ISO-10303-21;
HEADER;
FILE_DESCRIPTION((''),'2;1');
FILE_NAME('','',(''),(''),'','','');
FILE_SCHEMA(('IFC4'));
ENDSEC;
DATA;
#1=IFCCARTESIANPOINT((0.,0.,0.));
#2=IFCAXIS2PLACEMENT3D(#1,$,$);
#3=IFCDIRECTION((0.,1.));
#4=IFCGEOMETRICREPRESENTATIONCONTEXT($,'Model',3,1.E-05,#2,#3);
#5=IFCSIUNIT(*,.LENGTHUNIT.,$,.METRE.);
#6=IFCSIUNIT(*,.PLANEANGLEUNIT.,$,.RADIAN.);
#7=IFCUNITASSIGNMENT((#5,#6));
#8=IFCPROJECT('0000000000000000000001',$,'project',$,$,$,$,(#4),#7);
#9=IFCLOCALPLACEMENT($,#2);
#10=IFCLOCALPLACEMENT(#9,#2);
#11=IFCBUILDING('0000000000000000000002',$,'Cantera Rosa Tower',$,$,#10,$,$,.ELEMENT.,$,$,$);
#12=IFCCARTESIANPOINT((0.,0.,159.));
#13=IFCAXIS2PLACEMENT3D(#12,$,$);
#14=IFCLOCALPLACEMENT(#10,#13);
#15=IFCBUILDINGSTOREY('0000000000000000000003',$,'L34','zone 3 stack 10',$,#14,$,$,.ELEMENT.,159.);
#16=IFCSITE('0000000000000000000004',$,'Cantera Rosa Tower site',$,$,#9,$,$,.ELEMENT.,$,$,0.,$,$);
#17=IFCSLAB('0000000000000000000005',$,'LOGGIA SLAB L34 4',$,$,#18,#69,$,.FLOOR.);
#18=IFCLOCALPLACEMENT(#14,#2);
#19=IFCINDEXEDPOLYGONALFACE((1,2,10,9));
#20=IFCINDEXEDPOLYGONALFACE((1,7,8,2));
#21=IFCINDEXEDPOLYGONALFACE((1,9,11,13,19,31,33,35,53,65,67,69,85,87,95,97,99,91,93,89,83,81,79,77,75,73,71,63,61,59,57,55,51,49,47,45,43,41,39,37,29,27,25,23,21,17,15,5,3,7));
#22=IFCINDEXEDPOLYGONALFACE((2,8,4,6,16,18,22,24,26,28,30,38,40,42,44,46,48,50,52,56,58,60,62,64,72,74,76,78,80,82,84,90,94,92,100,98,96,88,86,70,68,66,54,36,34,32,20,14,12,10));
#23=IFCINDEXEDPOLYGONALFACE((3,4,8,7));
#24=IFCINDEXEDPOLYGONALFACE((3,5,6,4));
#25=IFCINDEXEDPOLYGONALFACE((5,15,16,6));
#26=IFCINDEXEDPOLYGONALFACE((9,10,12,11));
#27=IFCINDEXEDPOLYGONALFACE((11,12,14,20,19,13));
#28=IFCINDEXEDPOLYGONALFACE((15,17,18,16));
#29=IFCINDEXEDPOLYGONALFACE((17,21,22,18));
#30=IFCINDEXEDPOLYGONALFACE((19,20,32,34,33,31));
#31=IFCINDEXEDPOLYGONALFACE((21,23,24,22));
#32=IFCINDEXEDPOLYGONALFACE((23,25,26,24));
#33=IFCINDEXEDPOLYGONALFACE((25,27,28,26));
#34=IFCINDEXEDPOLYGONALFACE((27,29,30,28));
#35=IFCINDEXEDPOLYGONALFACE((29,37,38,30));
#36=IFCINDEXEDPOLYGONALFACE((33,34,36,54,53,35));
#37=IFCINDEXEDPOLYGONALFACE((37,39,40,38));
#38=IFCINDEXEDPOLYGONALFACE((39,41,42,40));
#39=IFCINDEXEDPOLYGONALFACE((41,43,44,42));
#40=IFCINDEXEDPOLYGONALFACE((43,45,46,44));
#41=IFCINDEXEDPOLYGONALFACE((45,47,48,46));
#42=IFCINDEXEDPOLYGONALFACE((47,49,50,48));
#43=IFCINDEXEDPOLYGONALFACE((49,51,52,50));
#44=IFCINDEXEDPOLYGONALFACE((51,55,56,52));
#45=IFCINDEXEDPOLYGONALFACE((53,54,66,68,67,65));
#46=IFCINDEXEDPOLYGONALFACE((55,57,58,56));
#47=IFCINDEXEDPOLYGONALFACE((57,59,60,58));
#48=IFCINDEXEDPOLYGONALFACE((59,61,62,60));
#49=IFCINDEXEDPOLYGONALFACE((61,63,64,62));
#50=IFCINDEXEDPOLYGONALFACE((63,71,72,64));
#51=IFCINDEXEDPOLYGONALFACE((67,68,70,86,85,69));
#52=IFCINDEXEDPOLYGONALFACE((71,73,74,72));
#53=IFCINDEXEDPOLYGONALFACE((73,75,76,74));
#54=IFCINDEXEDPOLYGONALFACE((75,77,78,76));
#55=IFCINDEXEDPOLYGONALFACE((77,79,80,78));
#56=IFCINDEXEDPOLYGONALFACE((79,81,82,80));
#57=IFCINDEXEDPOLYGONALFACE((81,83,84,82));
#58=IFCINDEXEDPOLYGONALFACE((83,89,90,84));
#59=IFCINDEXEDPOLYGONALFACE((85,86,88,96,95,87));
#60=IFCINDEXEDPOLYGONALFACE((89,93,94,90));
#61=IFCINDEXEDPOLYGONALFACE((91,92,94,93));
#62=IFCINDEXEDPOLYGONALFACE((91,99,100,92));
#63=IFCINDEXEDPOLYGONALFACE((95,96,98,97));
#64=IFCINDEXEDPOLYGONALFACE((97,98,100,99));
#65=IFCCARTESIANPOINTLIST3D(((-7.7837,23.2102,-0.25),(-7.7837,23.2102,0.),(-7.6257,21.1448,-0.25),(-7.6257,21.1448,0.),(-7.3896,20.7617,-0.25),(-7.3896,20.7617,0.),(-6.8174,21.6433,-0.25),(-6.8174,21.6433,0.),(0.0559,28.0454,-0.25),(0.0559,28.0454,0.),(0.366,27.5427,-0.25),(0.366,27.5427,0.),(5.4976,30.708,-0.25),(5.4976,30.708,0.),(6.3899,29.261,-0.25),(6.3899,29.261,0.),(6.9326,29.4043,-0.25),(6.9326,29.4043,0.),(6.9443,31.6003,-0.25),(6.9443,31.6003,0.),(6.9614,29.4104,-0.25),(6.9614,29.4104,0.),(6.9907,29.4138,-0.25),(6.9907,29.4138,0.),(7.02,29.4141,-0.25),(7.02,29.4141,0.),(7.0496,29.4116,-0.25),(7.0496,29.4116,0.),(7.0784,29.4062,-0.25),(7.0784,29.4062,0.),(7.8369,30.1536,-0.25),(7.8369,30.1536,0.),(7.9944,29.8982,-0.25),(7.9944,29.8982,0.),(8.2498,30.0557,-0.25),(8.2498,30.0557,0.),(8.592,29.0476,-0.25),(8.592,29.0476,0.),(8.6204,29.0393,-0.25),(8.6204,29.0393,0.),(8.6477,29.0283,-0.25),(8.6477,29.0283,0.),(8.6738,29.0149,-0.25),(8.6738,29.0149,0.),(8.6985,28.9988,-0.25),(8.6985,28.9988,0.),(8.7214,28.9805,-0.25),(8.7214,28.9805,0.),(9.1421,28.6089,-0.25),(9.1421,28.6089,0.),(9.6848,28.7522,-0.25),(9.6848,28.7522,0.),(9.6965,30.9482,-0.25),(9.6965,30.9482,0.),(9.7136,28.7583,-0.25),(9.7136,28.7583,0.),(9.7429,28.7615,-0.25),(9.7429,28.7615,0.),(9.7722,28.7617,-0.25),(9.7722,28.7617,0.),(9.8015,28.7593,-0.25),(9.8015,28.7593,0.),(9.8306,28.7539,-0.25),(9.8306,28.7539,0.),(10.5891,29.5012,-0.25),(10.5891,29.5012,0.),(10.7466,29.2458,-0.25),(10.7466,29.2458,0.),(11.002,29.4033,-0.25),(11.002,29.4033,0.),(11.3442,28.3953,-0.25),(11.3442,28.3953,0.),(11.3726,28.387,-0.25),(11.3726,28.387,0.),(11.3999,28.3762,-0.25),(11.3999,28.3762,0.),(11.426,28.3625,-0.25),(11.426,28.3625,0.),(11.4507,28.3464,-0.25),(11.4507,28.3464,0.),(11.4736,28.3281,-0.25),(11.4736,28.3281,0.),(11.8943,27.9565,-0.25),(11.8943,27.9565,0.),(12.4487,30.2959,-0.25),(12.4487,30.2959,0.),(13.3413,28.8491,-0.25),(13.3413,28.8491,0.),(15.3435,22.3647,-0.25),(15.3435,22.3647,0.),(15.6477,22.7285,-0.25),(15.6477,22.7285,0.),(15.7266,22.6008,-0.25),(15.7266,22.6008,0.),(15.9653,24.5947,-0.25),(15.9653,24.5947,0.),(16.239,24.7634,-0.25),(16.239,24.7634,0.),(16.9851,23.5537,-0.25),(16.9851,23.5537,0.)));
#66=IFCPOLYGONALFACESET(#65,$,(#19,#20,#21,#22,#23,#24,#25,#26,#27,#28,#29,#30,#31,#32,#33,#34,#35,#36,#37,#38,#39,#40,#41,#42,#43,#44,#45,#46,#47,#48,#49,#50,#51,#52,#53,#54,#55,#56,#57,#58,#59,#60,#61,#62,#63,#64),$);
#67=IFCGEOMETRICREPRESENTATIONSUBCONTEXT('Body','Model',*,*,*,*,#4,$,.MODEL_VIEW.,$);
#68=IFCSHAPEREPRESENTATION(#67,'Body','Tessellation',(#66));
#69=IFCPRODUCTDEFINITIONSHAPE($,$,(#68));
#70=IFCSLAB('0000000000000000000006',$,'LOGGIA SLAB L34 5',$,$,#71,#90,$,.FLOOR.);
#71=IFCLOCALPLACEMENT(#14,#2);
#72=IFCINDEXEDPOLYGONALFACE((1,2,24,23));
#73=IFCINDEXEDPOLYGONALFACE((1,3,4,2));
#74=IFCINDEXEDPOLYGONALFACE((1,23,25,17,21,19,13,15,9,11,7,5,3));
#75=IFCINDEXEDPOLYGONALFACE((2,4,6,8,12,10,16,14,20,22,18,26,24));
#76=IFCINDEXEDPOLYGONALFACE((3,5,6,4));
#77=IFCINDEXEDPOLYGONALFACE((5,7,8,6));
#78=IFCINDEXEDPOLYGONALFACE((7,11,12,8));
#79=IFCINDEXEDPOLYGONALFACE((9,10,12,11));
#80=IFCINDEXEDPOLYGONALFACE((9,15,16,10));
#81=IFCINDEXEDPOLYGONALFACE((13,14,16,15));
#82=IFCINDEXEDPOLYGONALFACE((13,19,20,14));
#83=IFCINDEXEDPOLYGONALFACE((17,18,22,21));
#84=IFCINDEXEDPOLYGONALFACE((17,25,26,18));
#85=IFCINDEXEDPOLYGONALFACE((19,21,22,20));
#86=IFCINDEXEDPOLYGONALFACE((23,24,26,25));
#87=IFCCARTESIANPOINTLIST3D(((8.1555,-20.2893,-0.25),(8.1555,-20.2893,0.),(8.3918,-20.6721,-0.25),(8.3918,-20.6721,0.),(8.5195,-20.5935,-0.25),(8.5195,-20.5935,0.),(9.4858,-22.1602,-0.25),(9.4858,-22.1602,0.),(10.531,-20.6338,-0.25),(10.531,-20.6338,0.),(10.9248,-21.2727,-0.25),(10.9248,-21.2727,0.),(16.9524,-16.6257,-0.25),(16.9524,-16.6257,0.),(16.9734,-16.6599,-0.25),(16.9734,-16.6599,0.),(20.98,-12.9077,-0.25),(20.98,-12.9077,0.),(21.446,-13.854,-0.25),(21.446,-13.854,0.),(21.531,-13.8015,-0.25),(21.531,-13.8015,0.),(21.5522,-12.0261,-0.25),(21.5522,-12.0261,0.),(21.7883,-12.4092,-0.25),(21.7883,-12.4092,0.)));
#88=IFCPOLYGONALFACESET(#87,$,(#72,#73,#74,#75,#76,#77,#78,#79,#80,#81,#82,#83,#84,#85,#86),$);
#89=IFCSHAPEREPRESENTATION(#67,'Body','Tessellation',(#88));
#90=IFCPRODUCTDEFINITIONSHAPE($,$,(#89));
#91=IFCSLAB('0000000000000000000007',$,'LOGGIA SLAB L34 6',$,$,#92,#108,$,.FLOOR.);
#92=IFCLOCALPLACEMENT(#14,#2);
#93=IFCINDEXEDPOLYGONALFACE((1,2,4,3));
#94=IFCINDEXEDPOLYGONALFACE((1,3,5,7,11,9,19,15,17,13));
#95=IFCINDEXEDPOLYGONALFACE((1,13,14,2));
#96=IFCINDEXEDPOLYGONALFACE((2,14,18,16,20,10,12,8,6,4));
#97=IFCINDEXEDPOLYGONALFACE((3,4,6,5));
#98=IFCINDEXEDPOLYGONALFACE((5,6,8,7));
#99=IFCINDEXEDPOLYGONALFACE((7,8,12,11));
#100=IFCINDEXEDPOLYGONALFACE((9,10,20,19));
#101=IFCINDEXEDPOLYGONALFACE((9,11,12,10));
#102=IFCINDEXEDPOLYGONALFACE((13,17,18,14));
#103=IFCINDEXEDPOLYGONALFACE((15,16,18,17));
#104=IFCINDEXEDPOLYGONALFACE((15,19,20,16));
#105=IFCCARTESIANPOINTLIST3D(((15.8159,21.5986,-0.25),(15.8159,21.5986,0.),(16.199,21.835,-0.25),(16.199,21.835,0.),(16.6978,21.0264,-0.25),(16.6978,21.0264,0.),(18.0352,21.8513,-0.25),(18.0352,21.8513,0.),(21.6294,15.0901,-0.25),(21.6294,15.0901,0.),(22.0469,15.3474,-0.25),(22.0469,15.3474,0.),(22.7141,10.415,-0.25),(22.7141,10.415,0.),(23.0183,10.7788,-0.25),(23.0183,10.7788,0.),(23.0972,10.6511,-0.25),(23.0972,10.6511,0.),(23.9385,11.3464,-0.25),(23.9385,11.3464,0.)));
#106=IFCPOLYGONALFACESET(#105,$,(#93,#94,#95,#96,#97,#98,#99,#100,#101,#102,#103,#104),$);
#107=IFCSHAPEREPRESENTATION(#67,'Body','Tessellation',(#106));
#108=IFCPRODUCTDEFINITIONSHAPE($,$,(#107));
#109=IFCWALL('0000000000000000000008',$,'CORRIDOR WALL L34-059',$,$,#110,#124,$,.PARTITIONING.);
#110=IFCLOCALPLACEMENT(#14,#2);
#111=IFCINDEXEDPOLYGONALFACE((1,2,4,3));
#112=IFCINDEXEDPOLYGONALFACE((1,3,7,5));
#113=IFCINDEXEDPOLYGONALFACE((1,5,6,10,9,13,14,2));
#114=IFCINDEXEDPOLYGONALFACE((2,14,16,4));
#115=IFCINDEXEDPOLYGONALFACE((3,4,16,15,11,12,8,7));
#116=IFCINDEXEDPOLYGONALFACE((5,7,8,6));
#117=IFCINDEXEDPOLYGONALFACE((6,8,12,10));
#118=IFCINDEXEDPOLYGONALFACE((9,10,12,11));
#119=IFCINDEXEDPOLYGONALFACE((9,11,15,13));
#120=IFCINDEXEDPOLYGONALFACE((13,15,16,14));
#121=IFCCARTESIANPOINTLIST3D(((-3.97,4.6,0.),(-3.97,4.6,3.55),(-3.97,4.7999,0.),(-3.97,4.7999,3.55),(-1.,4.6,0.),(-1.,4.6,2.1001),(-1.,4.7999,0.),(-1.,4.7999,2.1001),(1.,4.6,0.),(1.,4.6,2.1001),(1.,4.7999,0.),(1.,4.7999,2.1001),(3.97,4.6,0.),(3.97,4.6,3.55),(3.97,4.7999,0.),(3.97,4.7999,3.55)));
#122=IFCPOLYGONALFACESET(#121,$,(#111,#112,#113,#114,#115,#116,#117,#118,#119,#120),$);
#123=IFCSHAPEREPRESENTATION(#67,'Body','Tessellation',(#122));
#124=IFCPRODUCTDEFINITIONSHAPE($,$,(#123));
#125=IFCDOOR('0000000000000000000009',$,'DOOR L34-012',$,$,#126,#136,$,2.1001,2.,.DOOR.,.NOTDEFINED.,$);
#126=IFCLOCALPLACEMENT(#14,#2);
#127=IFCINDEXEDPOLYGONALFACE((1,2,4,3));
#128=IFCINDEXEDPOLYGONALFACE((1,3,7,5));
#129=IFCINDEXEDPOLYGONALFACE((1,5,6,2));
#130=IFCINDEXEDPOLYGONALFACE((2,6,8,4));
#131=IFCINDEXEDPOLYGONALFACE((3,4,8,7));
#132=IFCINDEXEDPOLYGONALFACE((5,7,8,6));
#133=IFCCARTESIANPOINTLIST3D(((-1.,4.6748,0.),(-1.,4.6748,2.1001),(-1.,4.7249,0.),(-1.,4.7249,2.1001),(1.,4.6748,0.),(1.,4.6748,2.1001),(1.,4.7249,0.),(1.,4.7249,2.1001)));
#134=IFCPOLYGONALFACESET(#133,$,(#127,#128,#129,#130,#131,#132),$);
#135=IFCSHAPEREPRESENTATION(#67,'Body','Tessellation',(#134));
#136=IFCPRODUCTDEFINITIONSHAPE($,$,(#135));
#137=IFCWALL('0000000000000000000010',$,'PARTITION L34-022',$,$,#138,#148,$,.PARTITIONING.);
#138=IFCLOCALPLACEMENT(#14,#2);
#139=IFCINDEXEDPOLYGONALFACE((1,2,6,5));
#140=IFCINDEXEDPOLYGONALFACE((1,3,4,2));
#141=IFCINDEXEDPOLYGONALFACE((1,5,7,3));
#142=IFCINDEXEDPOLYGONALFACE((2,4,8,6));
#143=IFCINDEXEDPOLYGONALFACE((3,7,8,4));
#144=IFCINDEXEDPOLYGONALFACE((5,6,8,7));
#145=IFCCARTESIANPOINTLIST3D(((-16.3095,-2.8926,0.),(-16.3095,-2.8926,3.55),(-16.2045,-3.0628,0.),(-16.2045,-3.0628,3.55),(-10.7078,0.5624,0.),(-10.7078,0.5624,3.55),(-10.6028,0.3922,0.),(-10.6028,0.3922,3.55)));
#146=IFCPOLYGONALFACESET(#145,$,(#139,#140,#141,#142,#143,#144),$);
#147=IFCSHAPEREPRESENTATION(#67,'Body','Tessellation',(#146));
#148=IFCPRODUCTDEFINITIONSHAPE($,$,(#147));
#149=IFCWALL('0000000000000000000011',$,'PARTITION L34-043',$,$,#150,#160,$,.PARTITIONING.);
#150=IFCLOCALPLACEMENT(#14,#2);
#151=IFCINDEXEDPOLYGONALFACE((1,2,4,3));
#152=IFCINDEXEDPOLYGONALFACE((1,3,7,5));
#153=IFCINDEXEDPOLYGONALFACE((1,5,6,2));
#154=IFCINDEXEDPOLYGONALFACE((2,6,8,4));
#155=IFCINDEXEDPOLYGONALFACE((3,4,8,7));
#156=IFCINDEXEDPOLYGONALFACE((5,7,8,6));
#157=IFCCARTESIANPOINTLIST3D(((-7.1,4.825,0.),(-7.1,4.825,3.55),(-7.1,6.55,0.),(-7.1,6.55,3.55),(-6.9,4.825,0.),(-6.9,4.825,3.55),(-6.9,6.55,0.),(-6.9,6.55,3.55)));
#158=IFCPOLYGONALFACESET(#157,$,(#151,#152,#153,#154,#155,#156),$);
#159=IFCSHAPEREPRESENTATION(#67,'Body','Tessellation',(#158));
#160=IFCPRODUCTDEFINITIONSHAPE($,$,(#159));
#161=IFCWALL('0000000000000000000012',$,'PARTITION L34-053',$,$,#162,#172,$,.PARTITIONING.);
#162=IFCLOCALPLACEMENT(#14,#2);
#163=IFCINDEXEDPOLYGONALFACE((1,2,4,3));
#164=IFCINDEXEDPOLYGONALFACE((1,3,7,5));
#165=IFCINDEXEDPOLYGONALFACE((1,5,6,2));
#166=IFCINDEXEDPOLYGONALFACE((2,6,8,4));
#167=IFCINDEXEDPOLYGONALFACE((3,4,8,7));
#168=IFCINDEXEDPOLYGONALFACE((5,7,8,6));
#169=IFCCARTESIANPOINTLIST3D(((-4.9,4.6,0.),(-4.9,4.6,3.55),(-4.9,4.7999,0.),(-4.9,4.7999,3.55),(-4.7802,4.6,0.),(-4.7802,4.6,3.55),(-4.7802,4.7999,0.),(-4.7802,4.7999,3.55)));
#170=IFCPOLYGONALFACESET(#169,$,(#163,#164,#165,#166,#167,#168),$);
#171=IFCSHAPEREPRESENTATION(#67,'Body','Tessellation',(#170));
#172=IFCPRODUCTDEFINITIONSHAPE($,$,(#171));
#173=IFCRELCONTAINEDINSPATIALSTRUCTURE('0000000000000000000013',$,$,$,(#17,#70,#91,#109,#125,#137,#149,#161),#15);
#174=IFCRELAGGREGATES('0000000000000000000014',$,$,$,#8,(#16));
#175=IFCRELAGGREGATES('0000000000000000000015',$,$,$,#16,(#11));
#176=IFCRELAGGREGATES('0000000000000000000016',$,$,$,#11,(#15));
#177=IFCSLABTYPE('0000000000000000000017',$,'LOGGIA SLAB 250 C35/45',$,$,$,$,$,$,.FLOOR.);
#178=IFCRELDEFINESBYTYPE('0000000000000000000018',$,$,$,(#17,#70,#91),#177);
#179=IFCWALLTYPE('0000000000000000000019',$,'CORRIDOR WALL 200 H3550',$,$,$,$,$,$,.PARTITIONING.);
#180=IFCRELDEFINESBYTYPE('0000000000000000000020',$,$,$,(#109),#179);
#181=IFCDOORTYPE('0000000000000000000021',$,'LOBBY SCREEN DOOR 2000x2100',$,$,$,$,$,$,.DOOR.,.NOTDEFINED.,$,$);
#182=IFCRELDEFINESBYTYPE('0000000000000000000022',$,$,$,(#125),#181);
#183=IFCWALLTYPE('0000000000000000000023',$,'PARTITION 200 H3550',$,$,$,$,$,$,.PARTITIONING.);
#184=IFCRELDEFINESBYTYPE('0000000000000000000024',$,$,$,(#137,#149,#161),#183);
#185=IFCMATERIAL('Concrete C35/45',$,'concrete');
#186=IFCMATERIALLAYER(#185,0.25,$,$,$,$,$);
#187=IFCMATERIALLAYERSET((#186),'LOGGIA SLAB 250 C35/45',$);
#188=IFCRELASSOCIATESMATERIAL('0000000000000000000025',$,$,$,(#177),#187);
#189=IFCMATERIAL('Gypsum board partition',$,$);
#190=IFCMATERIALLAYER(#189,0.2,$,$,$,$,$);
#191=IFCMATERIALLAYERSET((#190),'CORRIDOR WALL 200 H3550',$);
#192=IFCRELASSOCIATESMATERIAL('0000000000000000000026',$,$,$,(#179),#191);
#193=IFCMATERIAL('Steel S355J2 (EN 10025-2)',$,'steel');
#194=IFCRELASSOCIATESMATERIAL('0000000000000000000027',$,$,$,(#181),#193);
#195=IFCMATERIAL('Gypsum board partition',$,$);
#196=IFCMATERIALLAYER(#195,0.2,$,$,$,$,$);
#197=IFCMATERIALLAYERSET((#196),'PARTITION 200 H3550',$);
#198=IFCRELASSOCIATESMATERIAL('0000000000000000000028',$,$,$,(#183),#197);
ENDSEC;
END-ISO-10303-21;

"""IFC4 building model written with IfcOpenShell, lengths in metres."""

from ifc_helpers import new_model, si_unit, direction, frame, frame_2d, origin, place, context, subcontext, project, spatial, polyline, rectangle, outline, extrude, material, layer, layer_set, type_object, element, fill, save


model = new_model("IFC4")

# Units and contexts
model_context = context("Model", 3, precision=1e-05, world=origin(), true_north=direction((0.0, 1.0)))
body_context = subcontext(model_context, "Body", "Model", "MODEL_VIEW")
ifc_project = project(units=[si_unit("LENGTHUNIT", "METRE"), si_unit("PLANEANGLEUNIT", "RADIAN")], contexts=[model_context])

# Site, building, storey
site_placement = place(None, origin())
site = spatial("IfcSite", under=ifc_project, at=site_placement, Name="Cantera Rosa Tower site", CompositionType="ELEMENT", RefElevation=0.0)
building_placement = place(site_placement, origin())
building = spatial("IfcBuilding", under=site, at=building_placement, Name="Cantera Rosa Tower", CompositionType="ELEMENT")
storey_placement = place(building_placement, frame((0.0, 0.0, 159.0)))
storey = spatial("IfcBuildingStorey", under=building, at=storey_placement, Name="L34", Description="zone 3 stack 10", CompositionType="ELEMENT", Elevation=159.0)

# Slabs
ifc_material_1 = material(Name="Concrete C35/45", Category="concrete")
ifc_layer_1 = layer(ifc_material_1, 0.25)
ifc_layer_set_1 = layer_set([ifc_layer_1], Name="LOGGIA SLAB 250 C35/45")
slab_type_1 = type_object("IfcSlabType", Name="LOGGIA SLAB 250 C35/45", PredefinedType="FLOOR", material=ifc_layer_set_1)
slab_1_placement = place(storey_placement, frame((0.0, 0.0, -0.25)))
element("IfcSlab", 1, at=slab_1_placement, inside=storey, type_object=slab_type_1, Name="LOGGIA SLAB L34 4", PredefinedType="FLOOR", context=body_context, shape_type="SweptSolid", body=[
    extrude(outline(polyline([(7.9944, 29.8982), (8.2498, 30.0557), (9.6965, 30.9482), (10.5891, 29.5012), (10.7466, 29.2458), (11.002, 29.4033), (12.4487, 30.2959), (13.3413, 28.8491), (15.9653, 24.5947), (16.239, 24.7634), (16.9851, 23.5537), (15.6477, 22.7285), (15.7266, 22.6008), (15.3435, 22.3647), (11.8943, 27.9565), (11.4736, 28.3281), (11.4507, 28.3464), (11.426, 28.3625), (11.3999, 28.3762), (11.3726, 28.387), (11.3442, 28.3953), (9.8306, 28.7539), (9.8015, 28.7593), (9.7722, 28.7617), (9.7429, 28.7615), (9.7136, 28.7583), (9.6848, 28.7522), (9.1421, 28.6089), (8.7214, 28.9805), (8.6985, 28.9988), (8.6738, 29.0149), (8.6477, 29.0283), (8.6204, 29.0393), (8.592, 29.0476), (7.0784, 29.4062), (7.0496, 29.4116), (7.02, 29.4141), (6.9907, 29.4138), (6.9614, 29.4104), (6.9326, 29.4043), (6.3899, 29.261), (-7.3896, 20.7617), (-7.6257, 21.1448), (-6.8174, 21.6433), (-7.7837, 23.2102), (0.0559, 28.0454), (0.366, 27.5427), (5.4976, 30.708), (6.9443, 31.6003), (7.8369, 30.1536), (7.9944, 29.8982)])), origin(), (0.0, 0.0, 1.0), 0.25),
])
slab_2_placement = place(storey_placement, frame((0.0, 0.0, -0.25)))
element("IfcSlab", 2, at=slab_2_placement, inside=storey, type_object=slab_type_1, Name="LOGGIA SLAB L34 5", PredefinedType="FLOOR", context=body_context, shape_type="SweptSolid", body=[
    extrude(outline(polyline([(21.5522, -12.0261), (21.7883, -12.4092), (20.98, -12.9077), (21.531, -13.8015), (21.446, -13.854), (16.9524, -16.6257), (16.9734, -16.6599), (10.531, -20.6338), (10.9248, -21.2727), (9.4858, -22.1602), (8.5195, -20.5935), (8.3918, -20.6721), (8.1555, -20.2893), (21.5522, -12.0261)])), origin(), (0.0, 0.0, 1.0), 0.25),
])
slab_3_placement = place(storey_placement, frame((0.0, 0.0, -0.25)))
element("IfcSlab", 3, at=slab_3_placement, inside=storey, type_object=slab_type_1, Name="LOGGIA SLAB L34 6", PredefinedType="FLOOR", context=body_context, shape_type="SweptSolid", body=[
    extrude(outline(polyline([(22.7141, 10.415), (15.8159, 21.5986), (16.199, 21.835), (16.6978, 21.0264), (18.0352, 21.8513), (22.0469, 15.3474), (21.6294, 15.0901), (23.9385, 11.3464), (23.0183, 10.7788), (23.0972, 10.6511), (22.7141, 10.415)])), origin(), (0.0, 0.0, 1.0), 0.25),
])

# Wall, opening, door
ifc_material_2 = material(Name="Gypsum board partition")
ifc_layer_2 = layer(ifc_material_2, 0.2)
ifc_layer_set_2 = layer_set([ifc_layer_2], Name="CORRIDOR WALL 200 H3550")
wall_type_1 = type_object("IfcWallType", Name="CORRIDOR WALL 200 H3550", PredefinedType="PARTITIONING", material=ifc_layer_set_2)
wall_1_placement = place(storey_placement, frame((-3.97, 4.7, 0.0), z_axis=(0.0, 0.0, 1.0), x_axis=(1.0, 0.0, 0.0)))
wall_1 = element("IfcWall", 4, at=wall_1_placement, inside=storey, type_object=wall_type_1, Name="CORRIDOR WALL L34-059", PredefinedType="PARTITIONING", context=body_context, shape_type="SweptSolid", body=[
    extrude(rectangle(XDim=7.9399, YDim=0.2, at=frame_2d((3.97, 0.0))), origin(), (0.0, 0.0, 1.0), 3.55),
])
opening_placement = place(wall_1_placement, frame((2.97, 0.0, 0.0)))
opening = element("IfcOpeningElement", 5, at=opening_placement, cuts=wall_1, PredefinedType="OPENING", context=body_context, shape_type="SweptSolid", body=[
    extrude(rectangle(XDim=2.0, YDim=2.1001, at=frame_2d((1.0, 1.05))), frame((0.0, 0.1099, 0.0), z_axis=(0.0, -1.0, 0.0), x_axis=(1.0, 0.0, 0.0)), (0.0, 0.0, 1.0), 0.22),
])
ifc_material_3 = material(Name="Steel S355J2 (EN 10025-2)", Category="steel")
door_type = type_object("IfcDoorType", Name="LOBBY SCREEN DOOR 2000x2100", OperationType="NOTDEFINED", PredefinedType="DOOR", material=ifc_material_3)
door_placement = place(opening_placement, origin())
door = element("IfcDoor", 6, at=door_placement, inside=storey, type_object=door_type, Name="DOOR L34-012", OperationType="NOTDEFINED", OverallHeight=2.1001, OverallWidth=2.0, PredefinedType="DOOR", context=body_context, shape_type="SweptSolid", body=[
    extrude(rectangle(XDim=2.0, YDim=2.1001, at=frame_2d((1.0, 1.05))), frame((0.0, 0.0249, 0.0), z_axis=(0.0, -1.0, 0.0), x_axis=(1.0, 0.0, 0.0)), (0.0, 0.0, 1.0), 0.05),
])
fill(opening, door)

# Walls
ifc_material_4 = material(Name="Gypsum board partition")
ifc_layer_3 = layer(ifc_material_4, 0.2)
ifc_layer_set_3 = layer_set([ifc_layer_3], Name="PARTITION 200 H3550")
wall_type_2 = type_object("IfcWallType", Name="PARTITION 200 H3550", PredefinedType="PARTITIONING", material=ifc_layer_set_3)
wall_2_placement = place(storey_placement, frame((-10.6553, 0.4773, 0.0), z_axis=(0.0, 0.0, 1.0), x_axis=(-0.851128, -0.524958, 0.0)))
element("IfcWall", 7, at=wall_2_placement, inside=storey, type_object=wall_type_2, Name="PARTITION L34-022", PredefinedType="PARTITIONING", context=body_context, shape_type="SweptSolid", body=[
    extrude(rectangle(XDim=6.5815, YDim=0.2, at=frame_2d((3.2908, 0.0))), origin(), (0.0, 0.0, 1.0), 3.55),
])
wall_3_placement = place(storey_placement, frame((-7.0, 4.825, 0.0), z_axis=(0.0, 0.0, 1.0), x_axis=(0.0, 1.0, 0.0)))
element("IfcWall", 8, at=wall_3_placement, inside=storey, type_object=wall_type_2, Name="PARTITION L34-043", PredefinedType="PARTITIONING", context=body_context, shape_type="SweptSolid", body=[
    extrude(rectangle(XDim=1.7251, YDim=0.2, at=frame_2d((0.8625, 0.0))), origin(), (0.0, 0.0, 1.0), 3.55),
])
wall_4_placement = place(storey_placement, frame((-4.78, 4.7, 0.0), z_axis=(0.0, 0.0, 1.0), x_axis=(-1.0, 0.0, 0.0)))
element("IfcWall", 9, at=wall_4_placement, inside=storey, type_object=wall_type_2, Name="PARTITION L34-053", PredefinedType="PARTITIONING", context=body_context, shape_type="SweptSolid", body=[
    extrude(rectangle(XDim=0.1199, YDim=0.2, at=frame_2d((0.0601, 0.0))), origin(), (0.0, 0.0, 1.0), 3.55),
])

save(model, "model.ifc")
